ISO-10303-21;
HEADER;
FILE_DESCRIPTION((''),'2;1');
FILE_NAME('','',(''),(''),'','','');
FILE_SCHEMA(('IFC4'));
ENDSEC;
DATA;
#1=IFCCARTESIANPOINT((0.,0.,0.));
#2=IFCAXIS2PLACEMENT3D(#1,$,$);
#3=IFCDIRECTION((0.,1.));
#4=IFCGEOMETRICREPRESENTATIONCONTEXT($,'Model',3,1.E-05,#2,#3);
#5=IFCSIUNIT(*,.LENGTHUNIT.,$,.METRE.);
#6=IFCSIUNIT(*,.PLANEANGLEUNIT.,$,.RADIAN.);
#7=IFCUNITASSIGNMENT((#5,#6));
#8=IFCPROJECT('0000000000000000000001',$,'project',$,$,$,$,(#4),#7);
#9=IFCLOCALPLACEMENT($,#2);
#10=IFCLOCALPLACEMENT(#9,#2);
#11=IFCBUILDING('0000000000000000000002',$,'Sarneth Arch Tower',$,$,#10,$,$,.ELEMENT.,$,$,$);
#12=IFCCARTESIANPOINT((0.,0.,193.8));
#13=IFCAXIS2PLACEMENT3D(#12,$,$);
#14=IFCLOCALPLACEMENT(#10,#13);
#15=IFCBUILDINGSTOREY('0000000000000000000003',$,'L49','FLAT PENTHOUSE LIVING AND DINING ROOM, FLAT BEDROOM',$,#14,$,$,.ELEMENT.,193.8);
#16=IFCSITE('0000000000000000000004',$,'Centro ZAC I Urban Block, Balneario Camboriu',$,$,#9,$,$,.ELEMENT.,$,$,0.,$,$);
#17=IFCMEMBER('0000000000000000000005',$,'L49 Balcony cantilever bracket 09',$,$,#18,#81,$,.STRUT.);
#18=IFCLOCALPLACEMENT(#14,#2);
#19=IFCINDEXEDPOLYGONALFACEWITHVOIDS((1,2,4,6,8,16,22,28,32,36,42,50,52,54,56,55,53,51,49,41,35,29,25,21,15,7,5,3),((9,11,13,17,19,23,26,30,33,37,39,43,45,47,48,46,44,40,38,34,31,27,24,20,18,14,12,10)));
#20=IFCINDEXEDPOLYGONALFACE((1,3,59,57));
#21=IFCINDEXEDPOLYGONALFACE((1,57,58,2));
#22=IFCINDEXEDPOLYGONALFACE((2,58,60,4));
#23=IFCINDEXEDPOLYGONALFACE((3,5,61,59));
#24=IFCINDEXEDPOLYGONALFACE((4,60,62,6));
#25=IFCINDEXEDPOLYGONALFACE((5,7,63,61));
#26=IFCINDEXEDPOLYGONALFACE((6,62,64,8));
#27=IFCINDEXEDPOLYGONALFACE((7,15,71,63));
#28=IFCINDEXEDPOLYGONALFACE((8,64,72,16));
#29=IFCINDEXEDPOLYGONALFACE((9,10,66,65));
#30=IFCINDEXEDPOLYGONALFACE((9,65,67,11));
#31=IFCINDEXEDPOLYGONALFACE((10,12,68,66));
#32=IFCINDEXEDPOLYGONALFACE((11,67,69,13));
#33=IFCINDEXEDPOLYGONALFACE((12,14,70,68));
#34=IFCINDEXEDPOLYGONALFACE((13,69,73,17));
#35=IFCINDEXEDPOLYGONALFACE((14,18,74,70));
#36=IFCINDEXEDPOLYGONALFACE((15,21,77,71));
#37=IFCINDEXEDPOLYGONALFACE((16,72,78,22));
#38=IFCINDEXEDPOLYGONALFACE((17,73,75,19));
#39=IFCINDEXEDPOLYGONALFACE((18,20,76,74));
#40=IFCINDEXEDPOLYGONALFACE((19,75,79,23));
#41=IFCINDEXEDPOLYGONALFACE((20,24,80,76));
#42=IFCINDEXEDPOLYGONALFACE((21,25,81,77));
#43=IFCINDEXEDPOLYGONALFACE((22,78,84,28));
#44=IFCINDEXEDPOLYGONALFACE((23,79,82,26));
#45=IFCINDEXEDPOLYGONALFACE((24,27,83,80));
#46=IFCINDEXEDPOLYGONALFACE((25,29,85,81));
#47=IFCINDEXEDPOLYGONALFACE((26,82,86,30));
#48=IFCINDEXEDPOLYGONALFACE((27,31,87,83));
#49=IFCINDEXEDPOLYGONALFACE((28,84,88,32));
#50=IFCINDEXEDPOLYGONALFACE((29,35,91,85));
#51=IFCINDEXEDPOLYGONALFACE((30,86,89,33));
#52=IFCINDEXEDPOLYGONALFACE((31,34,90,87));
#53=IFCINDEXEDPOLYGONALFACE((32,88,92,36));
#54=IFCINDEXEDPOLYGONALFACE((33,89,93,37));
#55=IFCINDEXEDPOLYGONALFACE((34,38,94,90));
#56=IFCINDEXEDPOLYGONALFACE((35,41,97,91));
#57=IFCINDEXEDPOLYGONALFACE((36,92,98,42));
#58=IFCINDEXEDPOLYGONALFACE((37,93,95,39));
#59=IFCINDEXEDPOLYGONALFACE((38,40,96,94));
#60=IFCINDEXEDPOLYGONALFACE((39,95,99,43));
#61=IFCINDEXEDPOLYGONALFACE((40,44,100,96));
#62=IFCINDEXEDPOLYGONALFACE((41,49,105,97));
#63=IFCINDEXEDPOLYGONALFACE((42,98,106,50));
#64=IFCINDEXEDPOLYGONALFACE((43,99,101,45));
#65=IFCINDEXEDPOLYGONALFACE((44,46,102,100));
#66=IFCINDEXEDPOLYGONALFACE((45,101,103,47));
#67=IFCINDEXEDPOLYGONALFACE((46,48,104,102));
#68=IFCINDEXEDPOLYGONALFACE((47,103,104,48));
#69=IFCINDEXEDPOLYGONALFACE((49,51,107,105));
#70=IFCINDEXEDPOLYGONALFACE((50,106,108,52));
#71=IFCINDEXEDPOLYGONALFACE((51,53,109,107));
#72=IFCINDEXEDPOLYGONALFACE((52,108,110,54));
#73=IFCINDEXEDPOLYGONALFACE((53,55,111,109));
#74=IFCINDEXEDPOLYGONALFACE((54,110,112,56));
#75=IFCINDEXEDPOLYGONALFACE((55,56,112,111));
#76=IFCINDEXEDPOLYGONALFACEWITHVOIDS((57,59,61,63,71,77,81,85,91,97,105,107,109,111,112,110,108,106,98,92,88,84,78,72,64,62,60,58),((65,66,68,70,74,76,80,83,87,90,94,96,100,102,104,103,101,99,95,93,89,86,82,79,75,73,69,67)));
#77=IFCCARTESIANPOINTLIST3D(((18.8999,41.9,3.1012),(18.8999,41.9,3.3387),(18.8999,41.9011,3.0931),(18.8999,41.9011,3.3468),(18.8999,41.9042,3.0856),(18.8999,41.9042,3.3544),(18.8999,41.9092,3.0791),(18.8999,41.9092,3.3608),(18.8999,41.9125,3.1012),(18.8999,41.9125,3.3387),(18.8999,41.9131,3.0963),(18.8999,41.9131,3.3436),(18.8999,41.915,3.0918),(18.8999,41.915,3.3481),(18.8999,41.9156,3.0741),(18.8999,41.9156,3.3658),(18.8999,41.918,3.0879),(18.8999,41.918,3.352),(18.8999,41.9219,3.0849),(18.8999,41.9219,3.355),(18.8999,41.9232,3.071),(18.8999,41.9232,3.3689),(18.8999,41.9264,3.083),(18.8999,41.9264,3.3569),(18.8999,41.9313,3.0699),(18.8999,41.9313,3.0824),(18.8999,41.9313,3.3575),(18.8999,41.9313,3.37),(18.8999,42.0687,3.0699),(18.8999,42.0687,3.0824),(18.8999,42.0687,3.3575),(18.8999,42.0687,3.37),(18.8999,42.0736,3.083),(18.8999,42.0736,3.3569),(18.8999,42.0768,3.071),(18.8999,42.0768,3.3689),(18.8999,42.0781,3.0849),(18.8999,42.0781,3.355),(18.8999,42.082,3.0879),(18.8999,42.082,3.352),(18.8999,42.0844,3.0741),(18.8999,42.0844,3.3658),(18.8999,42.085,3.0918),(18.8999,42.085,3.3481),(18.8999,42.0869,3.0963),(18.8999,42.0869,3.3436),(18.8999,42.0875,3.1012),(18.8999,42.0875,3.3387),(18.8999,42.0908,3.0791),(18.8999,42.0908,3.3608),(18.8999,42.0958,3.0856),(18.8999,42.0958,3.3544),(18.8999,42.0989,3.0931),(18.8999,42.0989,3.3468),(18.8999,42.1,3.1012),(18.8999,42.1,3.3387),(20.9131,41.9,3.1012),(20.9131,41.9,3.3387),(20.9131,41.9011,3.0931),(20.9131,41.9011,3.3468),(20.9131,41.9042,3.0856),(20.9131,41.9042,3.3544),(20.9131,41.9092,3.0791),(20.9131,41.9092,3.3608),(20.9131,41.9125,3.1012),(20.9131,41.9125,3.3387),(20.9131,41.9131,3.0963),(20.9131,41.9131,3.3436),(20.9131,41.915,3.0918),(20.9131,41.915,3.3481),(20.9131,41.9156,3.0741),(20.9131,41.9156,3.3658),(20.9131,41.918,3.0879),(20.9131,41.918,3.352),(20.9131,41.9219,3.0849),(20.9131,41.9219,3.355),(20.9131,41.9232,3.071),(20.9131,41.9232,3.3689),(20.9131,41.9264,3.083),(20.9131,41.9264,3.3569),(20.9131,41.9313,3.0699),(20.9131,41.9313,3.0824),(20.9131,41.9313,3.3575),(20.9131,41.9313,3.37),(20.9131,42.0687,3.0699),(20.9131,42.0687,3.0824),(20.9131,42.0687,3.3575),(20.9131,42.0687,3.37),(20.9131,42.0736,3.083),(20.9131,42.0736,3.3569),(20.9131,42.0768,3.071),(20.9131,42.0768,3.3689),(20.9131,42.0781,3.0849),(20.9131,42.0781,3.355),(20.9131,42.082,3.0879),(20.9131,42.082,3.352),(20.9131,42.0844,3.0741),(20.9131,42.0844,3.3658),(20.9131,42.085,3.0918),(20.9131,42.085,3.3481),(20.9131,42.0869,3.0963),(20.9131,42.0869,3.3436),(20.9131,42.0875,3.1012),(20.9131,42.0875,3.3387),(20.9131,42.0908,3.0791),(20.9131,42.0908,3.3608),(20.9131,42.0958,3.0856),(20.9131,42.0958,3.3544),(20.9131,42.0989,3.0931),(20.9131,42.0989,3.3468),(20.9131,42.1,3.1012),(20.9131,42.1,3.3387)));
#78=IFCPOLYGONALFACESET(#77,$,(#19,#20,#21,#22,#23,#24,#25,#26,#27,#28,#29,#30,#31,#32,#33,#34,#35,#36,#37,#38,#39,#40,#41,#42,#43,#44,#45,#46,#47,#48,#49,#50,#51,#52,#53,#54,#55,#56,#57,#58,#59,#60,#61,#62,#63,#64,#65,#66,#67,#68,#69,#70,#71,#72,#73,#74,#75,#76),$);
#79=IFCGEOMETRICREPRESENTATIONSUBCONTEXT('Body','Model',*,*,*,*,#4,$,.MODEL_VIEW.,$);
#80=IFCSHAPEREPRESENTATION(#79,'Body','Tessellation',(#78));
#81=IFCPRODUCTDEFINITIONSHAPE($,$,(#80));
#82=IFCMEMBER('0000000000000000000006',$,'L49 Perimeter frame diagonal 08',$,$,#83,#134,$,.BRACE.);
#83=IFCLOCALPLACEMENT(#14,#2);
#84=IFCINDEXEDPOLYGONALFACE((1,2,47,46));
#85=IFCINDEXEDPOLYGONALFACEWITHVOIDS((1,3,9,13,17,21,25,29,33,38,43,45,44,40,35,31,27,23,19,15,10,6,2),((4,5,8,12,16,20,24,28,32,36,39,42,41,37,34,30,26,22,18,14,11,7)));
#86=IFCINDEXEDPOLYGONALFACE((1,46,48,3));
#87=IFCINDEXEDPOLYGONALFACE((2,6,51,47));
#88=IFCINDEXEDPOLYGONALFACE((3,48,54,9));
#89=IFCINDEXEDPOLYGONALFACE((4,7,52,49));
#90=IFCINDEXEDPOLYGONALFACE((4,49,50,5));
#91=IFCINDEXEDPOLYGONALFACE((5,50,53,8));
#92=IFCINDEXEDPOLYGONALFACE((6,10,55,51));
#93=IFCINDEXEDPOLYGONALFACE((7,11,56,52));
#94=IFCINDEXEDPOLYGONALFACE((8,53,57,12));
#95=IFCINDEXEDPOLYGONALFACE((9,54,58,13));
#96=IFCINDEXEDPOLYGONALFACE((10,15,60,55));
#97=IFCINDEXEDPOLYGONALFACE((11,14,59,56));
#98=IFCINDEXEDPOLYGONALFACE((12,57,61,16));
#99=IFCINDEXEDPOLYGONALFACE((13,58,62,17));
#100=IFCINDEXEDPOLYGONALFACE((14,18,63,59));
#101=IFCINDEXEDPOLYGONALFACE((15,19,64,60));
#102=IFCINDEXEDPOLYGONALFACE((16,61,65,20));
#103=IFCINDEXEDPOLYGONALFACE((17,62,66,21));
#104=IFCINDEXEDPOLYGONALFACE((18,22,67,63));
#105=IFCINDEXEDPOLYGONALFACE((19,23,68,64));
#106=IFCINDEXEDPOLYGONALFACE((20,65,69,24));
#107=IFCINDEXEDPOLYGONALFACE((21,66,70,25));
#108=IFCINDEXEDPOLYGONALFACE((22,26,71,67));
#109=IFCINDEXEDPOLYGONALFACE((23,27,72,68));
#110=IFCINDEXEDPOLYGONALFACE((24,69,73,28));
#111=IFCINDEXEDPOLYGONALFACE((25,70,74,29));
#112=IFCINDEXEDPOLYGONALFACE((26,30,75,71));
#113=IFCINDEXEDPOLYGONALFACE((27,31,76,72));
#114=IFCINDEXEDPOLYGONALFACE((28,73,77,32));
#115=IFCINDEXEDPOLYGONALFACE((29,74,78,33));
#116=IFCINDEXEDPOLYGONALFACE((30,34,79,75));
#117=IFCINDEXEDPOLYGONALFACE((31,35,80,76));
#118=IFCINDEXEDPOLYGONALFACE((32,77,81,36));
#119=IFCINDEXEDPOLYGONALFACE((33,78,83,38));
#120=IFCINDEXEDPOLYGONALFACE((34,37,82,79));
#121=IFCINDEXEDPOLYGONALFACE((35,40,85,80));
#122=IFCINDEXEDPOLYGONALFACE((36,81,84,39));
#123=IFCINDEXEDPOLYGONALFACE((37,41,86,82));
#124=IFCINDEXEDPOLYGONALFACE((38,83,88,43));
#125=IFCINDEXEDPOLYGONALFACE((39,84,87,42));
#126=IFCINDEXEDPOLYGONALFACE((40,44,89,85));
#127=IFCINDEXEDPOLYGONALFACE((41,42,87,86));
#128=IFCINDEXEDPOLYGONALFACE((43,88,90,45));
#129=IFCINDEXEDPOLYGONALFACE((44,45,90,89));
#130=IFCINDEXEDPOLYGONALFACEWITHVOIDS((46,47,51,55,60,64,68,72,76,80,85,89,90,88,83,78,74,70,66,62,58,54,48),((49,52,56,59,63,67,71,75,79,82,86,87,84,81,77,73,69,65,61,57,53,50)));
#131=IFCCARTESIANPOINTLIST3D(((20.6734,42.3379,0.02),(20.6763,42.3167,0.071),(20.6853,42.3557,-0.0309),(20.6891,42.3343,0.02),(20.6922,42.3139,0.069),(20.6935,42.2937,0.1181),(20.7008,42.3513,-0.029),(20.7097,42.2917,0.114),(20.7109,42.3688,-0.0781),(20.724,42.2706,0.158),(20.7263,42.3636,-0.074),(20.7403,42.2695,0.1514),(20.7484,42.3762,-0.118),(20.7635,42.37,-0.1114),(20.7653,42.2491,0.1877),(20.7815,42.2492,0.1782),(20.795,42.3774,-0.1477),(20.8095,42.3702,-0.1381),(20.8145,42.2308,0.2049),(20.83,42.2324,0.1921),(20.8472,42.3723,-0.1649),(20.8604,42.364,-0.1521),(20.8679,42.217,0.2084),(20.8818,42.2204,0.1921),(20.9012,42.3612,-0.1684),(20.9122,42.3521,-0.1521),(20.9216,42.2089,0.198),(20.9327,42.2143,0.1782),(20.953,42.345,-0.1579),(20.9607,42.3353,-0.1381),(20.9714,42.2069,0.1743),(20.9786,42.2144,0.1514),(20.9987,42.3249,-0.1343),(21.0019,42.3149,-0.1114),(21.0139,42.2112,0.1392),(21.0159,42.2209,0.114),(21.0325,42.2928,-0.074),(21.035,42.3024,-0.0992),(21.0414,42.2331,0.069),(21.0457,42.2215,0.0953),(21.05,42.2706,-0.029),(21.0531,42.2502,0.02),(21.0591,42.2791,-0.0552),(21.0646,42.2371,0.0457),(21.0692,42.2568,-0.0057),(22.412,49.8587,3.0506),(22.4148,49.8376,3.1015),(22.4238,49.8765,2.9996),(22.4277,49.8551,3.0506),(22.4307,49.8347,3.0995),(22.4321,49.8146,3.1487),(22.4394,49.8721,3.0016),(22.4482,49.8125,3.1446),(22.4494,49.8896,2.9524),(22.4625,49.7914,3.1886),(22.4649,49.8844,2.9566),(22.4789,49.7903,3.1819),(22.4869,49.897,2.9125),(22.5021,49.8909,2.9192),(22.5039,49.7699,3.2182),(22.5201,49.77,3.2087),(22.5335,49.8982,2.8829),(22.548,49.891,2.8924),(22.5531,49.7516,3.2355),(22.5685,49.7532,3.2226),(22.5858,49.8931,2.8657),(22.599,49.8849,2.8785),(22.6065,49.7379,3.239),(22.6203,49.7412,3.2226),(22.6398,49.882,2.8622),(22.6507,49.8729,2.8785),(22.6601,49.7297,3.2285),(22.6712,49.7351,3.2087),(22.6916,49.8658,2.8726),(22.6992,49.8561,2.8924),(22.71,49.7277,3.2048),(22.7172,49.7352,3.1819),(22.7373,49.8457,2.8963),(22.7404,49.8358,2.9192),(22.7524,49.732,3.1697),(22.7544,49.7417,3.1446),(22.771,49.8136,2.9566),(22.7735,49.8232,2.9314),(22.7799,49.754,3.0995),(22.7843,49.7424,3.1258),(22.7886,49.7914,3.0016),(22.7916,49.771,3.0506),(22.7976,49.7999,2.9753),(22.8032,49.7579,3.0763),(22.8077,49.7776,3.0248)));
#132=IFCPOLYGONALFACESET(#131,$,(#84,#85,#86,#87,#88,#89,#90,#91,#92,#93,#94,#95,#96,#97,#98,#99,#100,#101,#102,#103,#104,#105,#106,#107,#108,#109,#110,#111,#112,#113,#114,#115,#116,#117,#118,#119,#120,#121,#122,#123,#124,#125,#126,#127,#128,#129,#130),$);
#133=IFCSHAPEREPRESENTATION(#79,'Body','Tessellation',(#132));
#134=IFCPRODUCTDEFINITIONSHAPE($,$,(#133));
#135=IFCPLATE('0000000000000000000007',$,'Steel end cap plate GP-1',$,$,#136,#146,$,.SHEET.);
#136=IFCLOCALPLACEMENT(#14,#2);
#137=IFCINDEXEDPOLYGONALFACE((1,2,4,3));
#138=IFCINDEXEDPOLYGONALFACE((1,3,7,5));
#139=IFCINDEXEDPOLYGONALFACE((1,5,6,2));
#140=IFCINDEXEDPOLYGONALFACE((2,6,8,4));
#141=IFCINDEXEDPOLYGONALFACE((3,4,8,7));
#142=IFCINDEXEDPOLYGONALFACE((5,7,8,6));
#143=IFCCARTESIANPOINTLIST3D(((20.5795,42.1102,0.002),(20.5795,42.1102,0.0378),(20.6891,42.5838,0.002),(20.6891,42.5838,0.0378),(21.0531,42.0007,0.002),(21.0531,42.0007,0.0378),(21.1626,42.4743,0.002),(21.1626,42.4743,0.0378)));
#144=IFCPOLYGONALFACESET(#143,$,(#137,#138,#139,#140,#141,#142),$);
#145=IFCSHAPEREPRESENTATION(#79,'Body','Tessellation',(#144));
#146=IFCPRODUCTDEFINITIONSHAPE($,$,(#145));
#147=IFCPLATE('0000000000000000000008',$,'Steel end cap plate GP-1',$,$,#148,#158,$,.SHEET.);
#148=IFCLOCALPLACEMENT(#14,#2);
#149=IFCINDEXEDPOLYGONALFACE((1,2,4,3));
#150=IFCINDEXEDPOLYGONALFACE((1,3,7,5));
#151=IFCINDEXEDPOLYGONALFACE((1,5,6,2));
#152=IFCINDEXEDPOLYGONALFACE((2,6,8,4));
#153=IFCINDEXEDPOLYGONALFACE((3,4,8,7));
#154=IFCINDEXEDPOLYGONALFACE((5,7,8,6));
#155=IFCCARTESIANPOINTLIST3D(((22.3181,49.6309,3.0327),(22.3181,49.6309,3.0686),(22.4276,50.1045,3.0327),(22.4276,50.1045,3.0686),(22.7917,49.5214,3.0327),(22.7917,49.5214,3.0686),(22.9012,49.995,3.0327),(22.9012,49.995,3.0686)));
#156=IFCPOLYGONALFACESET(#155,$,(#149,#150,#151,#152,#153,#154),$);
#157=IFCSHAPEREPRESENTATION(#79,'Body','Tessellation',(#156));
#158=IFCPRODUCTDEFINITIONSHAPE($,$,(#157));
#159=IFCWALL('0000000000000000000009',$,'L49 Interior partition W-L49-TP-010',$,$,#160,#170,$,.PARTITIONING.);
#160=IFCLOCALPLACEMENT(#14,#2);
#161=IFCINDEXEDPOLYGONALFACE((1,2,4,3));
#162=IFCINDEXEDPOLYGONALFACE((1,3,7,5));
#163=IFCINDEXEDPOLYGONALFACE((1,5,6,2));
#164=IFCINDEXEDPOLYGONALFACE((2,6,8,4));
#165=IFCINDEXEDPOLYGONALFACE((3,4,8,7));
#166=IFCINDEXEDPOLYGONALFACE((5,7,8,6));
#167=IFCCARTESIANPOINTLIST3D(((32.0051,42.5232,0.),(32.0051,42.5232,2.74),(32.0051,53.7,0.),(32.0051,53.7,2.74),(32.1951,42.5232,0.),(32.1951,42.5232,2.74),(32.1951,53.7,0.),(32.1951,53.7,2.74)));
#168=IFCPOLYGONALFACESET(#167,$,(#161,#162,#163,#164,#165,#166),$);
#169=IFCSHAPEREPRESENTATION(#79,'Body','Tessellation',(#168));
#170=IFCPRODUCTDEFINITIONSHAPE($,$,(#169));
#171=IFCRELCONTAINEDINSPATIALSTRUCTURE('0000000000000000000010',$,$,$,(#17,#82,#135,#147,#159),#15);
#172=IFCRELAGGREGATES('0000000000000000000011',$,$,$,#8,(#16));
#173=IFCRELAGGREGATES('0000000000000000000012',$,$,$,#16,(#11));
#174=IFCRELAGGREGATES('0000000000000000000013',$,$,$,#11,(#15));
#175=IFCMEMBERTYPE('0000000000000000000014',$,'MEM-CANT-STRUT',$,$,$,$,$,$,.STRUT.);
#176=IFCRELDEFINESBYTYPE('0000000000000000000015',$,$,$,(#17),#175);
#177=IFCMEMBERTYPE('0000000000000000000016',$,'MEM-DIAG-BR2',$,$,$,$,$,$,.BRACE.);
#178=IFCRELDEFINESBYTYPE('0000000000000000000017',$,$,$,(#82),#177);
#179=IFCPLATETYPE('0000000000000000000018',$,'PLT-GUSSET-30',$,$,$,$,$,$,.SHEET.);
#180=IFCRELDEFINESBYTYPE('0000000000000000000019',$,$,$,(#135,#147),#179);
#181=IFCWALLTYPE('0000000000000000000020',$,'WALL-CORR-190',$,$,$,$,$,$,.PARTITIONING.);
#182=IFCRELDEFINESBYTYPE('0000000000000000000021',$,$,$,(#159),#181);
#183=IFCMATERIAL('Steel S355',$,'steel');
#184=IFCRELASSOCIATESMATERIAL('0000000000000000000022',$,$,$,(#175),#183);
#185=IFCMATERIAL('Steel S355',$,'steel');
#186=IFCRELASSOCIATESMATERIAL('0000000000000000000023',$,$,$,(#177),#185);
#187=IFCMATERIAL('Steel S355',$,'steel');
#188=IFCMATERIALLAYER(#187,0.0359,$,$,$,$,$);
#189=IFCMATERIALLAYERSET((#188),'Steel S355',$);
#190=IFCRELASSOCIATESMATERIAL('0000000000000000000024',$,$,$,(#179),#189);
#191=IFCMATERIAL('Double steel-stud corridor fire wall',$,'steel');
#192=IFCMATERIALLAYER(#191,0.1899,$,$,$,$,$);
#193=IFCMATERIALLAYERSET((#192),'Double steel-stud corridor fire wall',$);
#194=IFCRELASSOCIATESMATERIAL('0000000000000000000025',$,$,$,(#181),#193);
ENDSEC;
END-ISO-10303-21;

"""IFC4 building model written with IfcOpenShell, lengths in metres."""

from ifc_helpers import new_model, si_unit, direction, frame, frame_2d, origin, origin_2d, place, context, subcontext, project, spatial, rectangle, hollow_rectangle, hollow_circle, extrude, material, layer, layer_set, material_profile, profile_set, type_object, element, save


model = new_model("IFC4")

# Units and contexts
model_context = context("Model", 3, precision=1e-05, world=origin(), true_north=direction((0.0, 1.0)))
body_context = subcontext(model_context, "Body", "Model", "MODEL_VIEW")
ifc_project = project(units=[si_unit("LENGTHUNIT", "METRE"), si_unit("PLANEANGLEUNIT", "RADIAN")], contexts=[model_context])

# Site, building, storey
site_placement = place(None, origin())
site = spatial("IfcSite", under=ifc_project, at=site_placement, Name="Centro ZAC I Urban Block, Balneario Camboriu", CompositionType="ELEMENT", RefElevation=0.0)
building_placement = place(site_placement, origin())
building = spatial("IfcBuilding", under=site, at=building_placement, Name="Sarneth Arch Tower", CompositionType="ELEMENT")
storey_placement = place(building_placement, frame((0.0, 0.0, 193.8)))
storey = spatial("IfcBuildingStorey", under=building, at=storey_placement, Name="L49", Description="FLAT PENTHOUSE LIVING AND DINING ROOM, FLAT BEDROOM", CompositionType="ELEMENT", Elevation=193.8)

# Members
ifc_material_1 = material(Name="Steel S355", Category="steel")
ifc_material_profile_1 = material_profile(ifc_material_1, hollow_rectangle(XDim=0.2, YDim=0.3, WallThickness=0.0125, InnerFilletRadius=0.0188, OuterFilletRadius=0.0312, at=origin_2d()), Name="RHS300x200x12.5")
ifc_profile_set_1 = profile_set([ifc_material_profile_1], Name="Steel S355")
member_type_1 = type_object("IfcMemberType", Name="MEM-CANT-STRUT", PredefinedType="STRUT", material=ifc_profile_set_1)
member_1_placement = place(storey_placement, frame((20.9131, 42.0, 3.22), z_axis=(-1.0, 0.0, 0.0), x_axis=(0.0, -1.0, 0.0)))
element("IfcMember", 1, at=member_1_placement, inside=storey, type_object=member_type_1, Name="L49 Balcony cantilever bracket 09", PredefinedType="STRUT", context=body_context, shape_type="SweptSolid", body=[
    extrude(hollow_rectangle(XDim=0.2, YDim=0.3, WallThickness=0.0125, InnerFilletRadius=0.0188, OuterFilletRadius=0.0312, at=origin_2d()), origin(), (0.0, 0.0, 1.0), 2.0132),
])
ifc_material_2 = material(Name="Steel S355", Category="steel")
ifc_material_profile_2 = material_profile(ifc_material_2, hollow_circle(Radius=0.2029, WallThickness=0.0161, at=origin_2d()), Name="CHS406x16")
ifc_profile_set_2 = profile_set([ifc_material_profile_2], Name="Steel S355")
member_type_2 = type_object("IfcMemberType", Name="MEM-DIAG-BR2", PredefinedType="BRACE", material=ifc_profile_set_2)
member_2_placement = place(storey_placement, frame((20.8711, 42.2922, 0.02), z_axis=(0.209646, 0.906917, 0.365446), x_axis=(-0.974307, 0.225224, 0.0)))
element("IfcMember", 2, at=member_2_placement, inside=storey, type_object=member_type_2, Name="L49 Perimeter frame diagonal 08", PredefinedType="BRACE", context=body_context, shape_type="SweptSolid", body=[
    extrude(hollow_circle(Radius=0.2029, WallThickness=0.0161, at=origin_2d()), origin(), (0.0, 0.0, 1.0), 8.2927),
])

# Plates
ifc_material_3 = material(Name="Steel S355", Category="steel")
ifc_layer_1 = layer(ifc_material_3, 0.0359)
ifc_layer_set_1 = layer_set([ifc_layer_1], Name="Steel S355")
plate_type = type_object("IfcPlateType", Name="PLT-GUSSET-30", PredefinedType="SHEET", material=ifc_layer_set_1)
for number, where, z_axis, x_axis, name in (
    (3, (20.8711, 42.2922, 0.002), (0.0, 0.0, 1.0), (-0.225291, -0.974291, 0.0), "Steel end cap plate GP-1"),
    (4, (22.6096, 49.813, 3.0327), (0.0, 0.0, 1.0), (-0.225291, -0.974291, 0.0), "Steel end cap plate GP-1"),
):
    element("IfcPlate", number, at=place(storey_placement, frame(where, z_axis=z_axis, x_axis=x_axis)), inside=storey, type_object=plate_type, Name=name, PredefinedType="SHEET", context=body_context, shape_type="SweptSolid", body=[
        extrude(rectangle(XDim=0.4861, YDim=0.4861, at=origin_2d()), origin(), (0.0, 0.0, 1.0), 0.0359),
    ])

# Wall
ifc_material_4 = material(Name="Double steel-stud corridor fire wall", Category="steel")
ifc_layer_2 = layer(ifc_material_4, 0.1899)
ifc_layer_set_2 = layer_set([ifc_layer_2], Name="Double steel-stud corridor fire wall")
wall_type_1 = type_object("IfcWallType", Name="WALL-CORR-190", PredefinedType="PARTITIONING", material=ifc_layer_set_2)
wall_1_placement = place(storey_placement, frame((32.1001, 42.5232, 0.0), z_axis=(0.0, 0.0, 1.0), x_axis=(0.0, 1.0, 0.0)))
element("IfcWall", 5, at=wall_1_placement, inside=storey, type_object=wall_type_1, Name="L49 Interior partition W-L49-TP-010", PredefinedType="PARTITIONING", context=body_context, shape_type="SweptSolid", body=[
    extrude(rectangle(XDim=11.1768, YDim=0.1899, at=frame_2d((5.5884, 0.0))), origin(), (0.0, 0.0, 1.0), 2.74),
])

save(model, "model.ifc")
